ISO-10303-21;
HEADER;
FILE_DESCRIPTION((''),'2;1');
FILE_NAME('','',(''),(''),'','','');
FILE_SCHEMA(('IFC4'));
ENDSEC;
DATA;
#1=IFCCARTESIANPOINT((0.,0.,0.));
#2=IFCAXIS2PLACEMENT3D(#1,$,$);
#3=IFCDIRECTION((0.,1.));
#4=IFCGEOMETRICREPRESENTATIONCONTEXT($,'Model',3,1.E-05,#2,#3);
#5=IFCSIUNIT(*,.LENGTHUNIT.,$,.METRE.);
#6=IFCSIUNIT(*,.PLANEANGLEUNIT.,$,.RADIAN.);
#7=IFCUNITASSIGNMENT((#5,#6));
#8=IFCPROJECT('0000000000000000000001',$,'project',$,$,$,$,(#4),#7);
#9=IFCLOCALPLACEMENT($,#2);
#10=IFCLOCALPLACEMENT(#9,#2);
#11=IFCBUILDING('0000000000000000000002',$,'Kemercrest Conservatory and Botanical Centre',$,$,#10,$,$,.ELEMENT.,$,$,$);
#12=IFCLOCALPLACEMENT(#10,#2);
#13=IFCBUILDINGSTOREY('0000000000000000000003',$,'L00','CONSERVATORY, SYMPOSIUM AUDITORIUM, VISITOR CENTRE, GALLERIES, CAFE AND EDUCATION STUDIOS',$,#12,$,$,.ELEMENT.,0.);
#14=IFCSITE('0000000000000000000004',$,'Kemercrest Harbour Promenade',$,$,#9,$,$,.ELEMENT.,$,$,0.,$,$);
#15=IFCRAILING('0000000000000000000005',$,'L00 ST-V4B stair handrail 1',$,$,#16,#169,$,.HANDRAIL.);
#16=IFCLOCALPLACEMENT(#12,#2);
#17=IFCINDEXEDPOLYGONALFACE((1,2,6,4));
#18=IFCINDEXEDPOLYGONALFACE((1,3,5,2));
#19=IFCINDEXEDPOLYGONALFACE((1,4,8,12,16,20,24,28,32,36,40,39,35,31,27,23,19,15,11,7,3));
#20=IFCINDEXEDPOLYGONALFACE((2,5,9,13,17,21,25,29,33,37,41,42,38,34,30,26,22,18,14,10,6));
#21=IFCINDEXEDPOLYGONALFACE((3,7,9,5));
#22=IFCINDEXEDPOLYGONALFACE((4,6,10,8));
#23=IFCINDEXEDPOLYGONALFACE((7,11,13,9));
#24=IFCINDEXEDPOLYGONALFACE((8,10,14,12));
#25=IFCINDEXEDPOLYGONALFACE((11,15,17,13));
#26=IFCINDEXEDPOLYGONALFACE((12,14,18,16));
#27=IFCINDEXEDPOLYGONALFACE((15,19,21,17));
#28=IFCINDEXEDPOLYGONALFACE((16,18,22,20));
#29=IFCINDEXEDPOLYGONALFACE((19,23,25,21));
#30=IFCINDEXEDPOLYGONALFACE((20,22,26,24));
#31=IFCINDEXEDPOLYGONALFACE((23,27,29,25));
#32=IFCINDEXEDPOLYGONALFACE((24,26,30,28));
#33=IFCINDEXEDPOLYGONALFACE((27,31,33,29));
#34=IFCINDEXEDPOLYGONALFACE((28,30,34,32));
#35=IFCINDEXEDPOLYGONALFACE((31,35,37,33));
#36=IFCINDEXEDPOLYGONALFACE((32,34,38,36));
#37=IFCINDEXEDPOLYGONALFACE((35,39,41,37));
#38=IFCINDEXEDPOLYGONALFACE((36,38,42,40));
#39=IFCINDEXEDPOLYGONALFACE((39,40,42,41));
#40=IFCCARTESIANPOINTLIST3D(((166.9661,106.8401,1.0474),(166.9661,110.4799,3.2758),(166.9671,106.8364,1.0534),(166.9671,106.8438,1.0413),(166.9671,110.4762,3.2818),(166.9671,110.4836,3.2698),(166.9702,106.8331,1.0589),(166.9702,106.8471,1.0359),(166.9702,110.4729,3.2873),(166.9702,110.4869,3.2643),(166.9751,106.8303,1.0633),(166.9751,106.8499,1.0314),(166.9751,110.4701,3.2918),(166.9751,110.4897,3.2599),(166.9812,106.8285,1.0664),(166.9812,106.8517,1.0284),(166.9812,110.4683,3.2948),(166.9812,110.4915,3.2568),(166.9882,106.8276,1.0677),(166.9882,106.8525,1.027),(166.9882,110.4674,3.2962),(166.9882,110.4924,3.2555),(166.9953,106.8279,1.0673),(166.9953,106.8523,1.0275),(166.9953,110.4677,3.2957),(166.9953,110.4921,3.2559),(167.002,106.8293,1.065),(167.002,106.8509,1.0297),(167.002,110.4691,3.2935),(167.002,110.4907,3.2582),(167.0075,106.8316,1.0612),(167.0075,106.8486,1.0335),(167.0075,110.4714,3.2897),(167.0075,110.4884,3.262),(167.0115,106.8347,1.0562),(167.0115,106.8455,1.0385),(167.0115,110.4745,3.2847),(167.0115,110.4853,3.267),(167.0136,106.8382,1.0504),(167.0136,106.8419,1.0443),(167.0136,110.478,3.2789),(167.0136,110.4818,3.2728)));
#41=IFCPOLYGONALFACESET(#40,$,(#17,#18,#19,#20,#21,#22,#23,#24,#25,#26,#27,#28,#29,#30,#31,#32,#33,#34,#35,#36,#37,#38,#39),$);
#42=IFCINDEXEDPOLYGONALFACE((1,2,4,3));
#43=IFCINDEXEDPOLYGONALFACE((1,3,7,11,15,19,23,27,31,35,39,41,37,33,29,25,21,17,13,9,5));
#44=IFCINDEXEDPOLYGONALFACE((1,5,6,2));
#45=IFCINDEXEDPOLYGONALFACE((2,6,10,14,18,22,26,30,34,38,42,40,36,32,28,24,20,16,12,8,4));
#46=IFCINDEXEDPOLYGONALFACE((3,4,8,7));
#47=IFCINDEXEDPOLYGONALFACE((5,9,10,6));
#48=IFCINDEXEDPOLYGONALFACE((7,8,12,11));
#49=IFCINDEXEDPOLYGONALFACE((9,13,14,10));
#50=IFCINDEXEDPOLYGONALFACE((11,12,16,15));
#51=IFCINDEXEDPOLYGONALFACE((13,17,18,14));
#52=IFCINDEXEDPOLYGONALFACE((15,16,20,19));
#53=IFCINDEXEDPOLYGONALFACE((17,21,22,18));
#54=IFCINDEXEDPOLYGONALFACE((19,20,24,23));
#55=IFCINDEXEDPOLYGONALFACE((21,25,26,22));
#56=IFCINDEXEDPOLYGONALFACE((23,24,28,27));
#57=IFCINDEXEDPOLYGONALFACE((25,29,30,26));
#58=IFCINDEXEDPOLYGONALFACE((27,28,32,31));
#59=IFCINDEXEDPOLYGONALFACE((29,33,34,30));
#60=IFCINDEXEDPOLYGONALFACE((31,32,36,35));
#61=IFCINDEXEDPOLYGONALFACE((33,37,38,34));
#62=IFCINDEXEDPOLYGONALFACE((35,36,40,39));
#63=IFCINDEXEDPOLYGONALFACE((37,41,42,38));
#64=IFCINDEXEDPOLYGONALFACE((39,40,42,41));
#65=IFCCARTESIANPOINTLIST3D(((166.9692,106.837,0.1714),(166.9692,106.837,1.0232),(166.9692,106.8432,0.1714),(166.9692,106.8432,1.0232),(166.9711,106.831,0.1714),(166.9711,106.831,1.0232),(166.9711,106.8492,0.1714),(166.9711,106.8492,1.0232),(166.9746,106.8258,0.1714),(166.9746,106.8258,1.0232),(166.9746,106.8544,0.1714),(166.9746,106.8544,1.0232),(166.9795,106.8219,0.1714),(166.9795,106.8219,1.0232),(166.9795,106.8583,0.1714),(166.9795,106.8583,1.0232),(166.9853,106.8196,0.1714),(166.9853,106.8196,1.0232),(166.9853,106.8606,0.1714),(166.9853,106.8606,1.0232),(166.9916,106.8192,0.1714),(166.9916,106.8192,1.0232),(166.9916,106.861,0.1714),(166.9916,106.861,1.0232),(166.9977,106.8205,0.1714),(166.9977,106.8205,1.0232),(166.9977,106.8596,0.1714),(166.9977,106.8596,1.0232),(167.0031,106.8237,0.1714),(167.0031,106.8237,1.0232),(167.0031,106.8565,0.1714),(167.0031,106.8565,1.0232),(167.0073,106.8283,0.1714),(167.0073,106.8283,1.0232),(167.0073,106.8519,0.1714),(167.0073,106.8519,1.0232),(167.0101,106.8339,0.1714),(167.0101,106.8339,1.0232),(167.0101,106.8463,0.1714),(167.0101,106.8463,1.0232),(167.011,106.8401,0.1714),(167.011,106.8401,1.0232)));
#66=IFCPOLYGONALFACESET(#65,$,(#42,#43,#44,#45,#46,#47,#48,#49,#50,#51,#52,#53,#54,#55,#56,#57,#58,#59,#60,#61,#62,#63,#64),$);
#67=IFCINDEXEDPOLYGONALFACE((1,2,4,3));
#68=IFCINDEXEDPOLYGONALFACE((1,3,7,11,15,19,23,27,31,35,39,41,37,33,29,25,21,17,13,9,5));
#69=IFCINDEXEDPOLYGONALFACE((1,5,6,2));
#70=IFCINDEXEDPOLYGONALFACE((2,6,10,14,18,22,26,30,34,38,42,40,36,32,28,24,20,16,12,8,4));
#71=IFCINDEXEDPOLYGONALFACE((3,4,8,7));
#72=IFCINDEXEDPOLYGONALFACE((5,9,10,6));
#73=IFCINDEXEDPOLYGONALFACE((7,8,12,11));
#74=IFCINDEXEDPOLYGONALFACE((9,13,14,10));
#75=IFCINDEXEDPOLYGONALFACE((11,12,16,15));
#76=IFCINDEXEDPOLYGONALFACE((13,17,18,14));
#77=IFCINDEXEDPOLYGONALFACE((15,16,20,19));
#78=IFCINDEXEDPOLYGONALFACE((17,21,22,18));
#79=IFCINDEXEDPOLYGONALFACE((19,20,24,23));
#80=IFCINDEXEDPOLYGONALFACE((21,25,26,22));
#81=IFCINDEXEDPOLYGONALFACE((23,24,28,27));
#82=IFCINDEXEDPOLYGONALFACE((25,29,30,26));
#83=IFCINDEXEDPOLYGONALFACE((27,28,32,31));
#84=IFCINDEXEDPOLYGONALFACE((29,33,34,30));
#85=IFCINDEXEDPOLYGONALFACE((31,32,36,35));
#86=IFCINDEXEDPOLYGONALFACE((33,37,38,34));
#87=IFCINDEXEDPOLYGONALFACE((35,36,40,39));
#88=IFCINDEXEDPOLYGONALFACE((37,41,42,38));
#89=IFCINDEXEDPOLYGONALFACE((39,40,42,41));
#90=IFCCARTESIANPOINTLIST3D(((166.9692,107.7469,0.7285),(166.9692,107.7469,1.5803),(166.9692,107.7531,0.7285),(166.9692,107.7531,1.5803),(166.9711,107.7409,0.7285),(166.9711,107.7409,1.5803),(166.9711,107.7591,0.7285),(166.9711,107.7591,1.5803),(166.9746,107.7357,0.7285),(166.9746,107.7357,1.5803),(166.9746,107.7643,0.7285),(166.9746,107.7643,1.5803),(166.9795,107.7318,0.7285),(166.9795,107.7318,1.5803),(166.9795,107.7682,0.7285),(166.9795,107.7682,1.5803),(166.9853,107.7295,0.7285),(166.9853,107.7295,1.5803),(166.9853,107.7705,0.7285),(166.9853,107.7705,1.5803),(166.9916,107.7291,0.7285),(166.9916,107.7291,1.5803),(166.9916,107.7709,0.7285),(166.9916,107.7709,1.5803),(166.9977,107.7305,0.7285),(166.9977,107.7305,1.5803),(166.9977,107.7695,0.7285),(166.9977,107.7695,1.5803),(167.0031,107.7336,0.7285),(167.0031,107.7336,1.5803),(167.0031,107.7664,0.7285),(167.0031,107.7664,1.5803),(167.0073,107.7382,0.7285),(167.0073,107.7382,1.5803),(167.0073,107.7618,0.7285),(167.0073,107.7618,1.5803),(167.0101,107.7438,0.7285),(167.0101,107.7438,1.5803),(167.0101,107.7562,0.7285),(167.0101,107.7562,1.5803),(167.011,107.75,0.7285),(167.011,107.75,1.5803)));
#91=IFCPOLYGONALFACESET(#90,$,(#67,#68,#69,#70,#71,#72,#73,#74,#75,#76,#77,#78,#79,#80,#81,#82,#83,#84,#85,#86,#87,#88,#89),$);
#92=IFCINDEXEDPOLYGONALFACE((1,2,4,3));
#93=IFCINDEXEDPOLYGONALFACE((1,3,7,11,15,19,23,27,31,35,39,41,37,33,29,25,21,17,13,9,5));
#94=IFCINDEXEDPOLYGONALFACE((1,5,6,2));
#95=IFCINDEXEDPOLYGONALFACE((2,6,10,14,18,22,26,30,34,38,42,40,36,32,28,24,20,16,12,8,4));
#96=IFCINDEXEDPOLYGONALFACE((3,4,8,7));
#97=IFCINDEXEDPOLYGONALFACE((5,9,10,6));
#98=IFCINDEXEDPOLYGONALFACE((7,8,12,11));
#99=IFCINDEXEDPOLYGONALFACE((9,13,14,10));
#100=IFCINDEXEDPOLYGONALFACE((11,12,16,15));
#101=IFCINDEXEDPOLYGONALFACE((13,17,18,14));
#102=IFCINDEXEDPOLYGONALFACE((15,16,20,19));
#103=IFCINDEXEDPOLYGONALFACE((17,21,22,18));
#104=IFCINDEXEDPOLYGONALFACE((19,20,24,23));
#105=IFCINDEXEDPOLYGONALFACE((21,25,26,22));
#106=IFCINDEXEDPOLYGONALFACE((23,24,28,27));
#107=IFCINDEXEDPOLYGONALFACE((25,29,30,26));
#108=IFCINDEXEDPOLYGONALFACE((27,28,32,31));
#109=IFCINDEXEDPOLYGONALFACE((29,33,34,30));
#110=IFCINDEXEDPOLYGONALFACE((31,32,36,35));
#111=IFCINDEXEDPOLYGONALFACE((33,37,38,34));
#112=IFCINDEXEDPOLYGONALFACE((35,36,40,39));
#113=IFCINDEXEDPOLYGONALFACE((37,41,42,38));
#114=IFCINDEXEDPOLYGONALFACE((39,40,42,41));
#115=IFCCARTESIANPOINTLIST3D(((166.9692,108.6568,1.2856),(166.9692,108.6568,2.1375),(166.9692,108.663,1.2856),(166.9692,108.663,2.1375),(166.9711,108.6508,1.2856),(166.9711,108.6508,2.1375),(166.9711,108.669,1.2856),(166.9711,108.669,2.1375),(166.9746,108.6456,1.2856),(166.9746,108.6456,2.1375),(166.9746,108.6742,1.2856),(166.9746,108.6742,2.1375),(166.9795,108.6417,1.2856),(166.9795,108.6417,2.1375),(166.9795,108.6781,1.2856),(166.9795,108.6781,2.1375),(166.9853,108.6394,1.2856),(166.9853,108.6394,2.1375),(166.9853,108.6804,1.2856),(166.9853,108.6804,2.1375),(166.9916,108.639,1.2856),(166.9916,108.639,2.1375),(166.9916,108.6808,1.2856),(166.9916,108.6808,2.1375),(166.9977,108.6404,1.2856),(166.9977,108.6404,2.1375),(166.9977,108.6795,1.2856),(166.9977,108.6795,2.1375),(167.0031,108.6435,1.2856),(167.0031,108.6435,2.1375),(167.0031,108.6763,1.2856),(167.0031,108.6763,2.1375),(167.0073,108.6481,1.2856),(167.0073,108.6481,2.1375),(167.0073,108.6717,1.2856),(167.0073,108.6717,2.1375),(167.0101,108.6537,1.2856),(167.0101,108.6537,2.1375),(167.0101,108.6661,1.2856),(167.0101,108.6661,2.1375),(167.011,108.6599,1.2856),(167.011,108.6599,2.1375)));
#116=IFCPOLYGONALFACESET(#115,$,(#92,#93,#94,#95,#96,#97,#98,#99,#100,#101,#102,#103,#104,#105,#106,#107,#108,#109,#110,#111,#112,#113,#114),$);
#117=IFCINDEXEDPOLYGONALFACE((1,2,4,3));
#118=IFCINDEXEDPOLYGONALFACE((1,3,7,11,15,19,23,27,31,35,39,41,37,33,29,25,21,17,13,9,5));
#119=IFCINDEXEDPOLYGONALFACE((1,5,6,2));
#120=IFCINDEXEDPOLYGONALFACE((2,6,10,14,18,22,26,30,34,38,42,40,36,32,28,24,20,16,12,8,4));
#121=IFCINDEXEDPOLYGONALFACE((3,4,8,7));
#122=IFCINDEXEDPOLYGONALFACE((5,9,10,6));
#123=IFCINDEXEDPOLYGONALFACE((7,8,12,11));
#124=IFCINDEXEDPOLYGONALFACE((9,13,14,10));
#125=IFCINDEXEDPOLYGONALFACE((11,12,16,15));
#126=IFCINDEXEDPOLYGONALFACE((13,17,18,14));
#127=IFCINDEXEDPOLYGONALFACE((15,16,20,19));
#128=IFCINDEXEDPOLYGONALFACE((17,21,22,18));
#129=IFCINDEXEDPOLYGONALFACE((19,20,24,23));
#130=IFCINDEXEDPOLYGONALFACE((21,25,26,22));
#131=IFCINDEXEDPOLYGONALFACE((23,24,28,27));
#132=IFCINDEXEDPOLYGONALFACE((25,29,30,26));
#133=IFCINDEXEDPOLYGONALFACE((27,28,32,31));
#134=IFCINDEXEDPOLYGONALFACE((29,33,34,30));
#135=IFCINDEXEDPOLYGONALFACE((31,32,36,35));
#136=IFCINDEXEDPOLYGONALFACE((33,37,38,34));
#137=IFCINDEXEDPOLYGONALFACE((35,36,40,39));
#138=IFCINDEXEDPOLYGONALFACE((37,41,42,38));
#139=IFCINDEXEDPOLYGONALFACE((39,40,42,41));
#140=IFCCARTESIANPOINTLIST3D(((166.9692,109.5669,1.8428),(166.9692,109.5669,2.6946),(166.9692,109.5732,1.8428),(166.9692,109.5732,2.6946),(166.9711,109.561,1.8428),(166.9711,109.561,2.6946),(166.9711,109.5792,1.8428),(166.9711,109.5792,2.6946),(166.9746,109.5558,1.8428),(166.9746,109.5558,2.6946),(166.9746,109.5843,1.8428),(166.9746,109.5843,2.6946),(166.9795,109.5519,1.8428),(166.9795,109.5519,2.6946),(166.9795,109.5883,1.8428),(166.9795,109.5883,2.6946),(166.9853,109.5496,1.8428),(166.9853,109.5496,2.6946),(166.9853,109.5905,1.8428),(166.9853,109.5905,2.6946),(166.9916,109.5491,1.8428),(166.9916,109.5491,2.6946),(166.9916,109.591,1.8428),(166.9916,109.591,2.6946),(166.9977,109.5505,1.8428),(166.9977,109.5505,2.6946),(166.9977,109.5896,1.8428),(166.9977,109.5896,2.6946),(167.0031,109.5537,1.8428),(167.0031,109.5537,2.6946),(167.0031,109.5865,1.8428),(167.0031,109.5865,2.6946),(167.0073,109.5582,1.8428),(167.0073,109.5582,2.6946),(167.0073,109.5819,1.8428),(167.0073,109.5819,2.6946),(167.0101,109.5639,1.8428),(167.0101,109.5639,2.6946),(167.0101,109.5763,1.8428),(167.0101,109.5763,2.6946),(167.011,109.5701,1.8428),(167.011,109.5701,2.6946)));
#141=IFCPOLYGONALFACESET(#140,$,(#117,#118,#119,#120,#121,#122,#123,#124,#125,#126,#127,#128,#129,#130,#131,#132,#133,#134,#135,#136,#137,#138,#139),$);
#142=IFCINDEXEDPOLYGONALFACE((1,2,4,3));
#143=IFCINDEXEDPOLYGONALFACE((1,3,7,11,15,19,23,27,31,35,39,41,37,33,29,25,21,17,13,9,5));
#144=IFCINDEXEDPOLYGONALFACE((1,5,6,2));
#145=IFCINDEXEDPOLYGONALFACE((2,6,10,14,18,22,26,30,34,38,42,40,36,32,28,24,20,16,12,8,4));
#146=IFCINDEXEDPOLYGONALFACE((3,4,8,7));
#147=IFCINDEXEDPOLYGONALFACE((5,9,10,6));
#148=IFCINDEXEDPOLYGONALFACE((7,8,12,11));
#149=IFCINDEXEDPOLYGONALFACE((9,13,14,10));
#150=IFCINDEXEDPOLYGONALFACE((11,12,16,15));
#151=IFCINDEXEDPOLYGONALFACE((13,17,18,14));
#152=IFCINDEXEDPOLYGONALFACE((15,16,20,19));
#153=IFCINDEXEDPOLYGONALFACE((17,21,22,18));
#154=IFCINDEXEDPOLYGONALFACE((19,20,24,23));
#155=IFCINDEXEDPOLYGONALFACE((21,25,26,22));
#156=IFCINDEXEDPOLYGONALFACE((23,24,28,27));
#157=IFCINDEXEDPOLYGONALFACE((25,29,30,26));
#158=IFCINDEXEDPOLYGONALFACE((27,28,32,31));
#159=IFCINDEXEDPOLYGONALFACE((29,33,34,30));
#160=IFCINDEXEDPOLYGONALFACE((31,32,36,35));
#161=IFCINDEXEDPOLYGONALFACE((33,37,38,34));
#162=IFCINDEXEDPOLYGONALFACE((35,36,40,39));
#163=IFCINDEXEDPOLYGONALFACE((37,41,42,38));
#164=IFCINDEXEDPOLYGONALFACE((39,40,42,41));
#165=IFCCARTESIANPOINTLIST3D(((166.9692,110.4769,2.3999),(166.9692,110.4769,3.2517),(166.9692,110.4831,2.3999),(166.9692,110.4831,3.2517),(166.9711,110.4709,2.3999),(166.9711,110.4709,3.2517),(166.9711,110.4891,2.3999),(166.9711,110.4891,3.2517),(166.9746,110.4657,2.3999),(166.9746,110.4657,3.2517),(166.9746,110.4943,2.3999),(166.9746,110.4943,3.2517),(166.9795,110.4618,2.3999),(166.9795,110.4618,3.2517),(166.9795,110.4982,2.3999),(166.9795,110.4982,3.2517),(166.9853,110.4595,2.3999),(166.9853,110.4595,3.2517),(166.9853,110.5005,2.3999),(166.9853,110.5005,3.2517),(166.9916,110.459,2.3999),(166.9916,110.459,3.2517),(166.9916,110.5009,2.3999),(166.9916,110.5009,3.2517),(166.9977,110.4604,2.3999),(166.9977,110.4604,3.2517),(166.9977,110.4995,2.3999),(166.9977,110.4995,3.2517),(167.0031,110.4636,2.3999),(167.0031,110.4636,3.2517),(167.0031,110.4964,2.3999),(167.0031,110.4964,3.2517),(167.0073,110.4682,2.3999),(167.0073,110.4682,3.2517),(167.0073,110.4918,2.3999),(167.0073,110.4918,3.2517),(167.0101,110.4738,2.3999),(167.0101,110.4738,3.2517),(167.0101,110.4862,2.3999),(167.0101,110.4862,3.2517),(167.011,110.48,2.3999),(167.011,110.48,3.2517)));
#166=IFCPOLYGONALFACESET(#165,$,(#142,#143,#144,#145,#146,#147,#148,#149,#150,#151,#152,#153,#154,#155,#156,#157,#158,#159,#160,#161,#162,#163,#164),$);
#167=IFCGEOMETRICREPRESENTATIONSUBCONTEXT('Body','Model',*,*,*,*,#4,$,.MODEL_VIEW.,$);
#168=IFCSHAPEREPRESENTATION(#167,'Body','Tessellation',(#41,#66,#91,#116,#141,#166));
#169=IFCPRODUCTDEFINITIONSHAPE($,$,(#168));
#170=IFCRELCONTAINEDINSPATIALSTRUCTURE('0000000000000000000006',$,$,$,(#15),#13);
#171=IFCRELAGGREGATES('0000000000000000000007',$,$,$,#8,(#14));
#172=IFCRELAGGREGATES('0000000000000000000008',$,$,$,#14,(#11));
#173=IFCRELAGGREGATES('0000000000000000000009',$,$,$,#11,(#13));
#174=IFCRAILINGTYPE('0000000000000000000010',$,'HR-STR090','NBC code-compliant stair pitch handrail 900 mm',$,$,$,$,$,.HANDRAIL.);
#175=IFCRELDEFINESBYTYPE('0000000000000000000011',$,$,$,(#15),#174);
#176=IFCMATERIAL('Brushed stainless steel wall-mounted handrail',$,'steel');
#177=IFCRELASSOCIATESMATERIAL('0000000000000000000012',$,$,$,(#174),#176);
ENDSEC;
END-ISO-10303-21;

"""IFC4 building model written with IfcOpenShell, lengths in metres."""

from ifc_helpers import new_model, si_unit, direction, frame, origin, origin_2d, place, context, subcontext, project, spatial, circle, extrude, material, type_object, element, save


model = new_model("IFC4")

# Units and contexts
model_context = context("Model", 3, precision=1e-05, world=origin(), true_north=direction((0.0, 1.0)))
body_context = subcontext(model_context, "Body", "Model", "MODEL_VIEW")
ifc_project = project(units=[si_unit("LENGTHUNIT", "METRE"), si_unit("PLANEANGLEUNIT", "RADIAN")], contexts=[model_context])

# Site, building, storey
site_placement = place(None, origin())
site = spatial("IfcSite", under=ifc_project, at=site_placement, Name="Kemercrest Harbour Promenade", CompositionType="ELEMENT", RefElevation=0.0)
building_placement = place(site_placement, origin())
building = spatial("IfcBuilding", under=site, at=building_placement, Name="Kemercrest Conservatory and Botanical Centre", CompositionType="ELEMENT")
storey_placement = place(building_placement, origin())
storey = spatial("IfcBuildingStorey", under=building, at=storey_placement, Name="L00", Description="CONSERVATORY, SYMPOSIUM AUDITORIUM, VISITOR CENTRE, GALLERIES, CAFE AND EDUCATION STUDIOS", CompositionType="ELEMENT", Elevation=0.0)

# Railing
ifc_material_1 = material(Name="Brushed stainless steel wall-mounted handrail", Category="steel")
railing_type_1 = type_object("IfcRailingType", Name="HR-STR090", Description="NBC code-compliant stair pitch handrail 900 mm", PredefinedType="HANDRAIL", material=ifc_material_1)
railing_1_placement = place(storey_placement, frame((166.99, 106.8401, 0.1714)))
element("IfcRailing", 1, at=railing_1_placement, inside=storey, type_object=railing_type_1, Name="L00 ST-V4B stair handrail 1", PredefinedType="HANDRAIL", context=body_context, shape_type="SweptSolid", body=[
    extrude(circle(Radius=0.0239, at=origin_2d()), frame((0.0, 0.0, 0.876), z_axis=(0.0, 0.85285, 0.522156), x_axis=(-1.0, 0.0, 0.0)), (0.0, 0.0, 1.0), 4.2678),
    extrude(circle(Radius=0.021, at=origin_2d()), origin(), (0.0, 0.0, 1.0), 0.8518),
    extrude(circle(Radius=0.021, at=origin_2d()), frame((0.0, 0.9099, 0.5571)), (0.0, 0.0, 1.0), 0.8518),
    extrude(circle(Radius=0.021, at=origin_2d()), frame((0.0, 1.8198, 1.1143)), (0.0, 0.0, 1.0), 0.8518),
    extrude(circle(Radius=0.021, at=origin_2d()), frame((0.0, 2.73, 1.6714)), (0.0, 0.0, 1.0), 0.8518),
    extrude(circle(Radius=0.021, at=origin_2d()), frame((0.0, 3.6399, 2.2285)), (0.0, 0.0, 1.0), 0.8518),
])

save(model, "model.ifc")
